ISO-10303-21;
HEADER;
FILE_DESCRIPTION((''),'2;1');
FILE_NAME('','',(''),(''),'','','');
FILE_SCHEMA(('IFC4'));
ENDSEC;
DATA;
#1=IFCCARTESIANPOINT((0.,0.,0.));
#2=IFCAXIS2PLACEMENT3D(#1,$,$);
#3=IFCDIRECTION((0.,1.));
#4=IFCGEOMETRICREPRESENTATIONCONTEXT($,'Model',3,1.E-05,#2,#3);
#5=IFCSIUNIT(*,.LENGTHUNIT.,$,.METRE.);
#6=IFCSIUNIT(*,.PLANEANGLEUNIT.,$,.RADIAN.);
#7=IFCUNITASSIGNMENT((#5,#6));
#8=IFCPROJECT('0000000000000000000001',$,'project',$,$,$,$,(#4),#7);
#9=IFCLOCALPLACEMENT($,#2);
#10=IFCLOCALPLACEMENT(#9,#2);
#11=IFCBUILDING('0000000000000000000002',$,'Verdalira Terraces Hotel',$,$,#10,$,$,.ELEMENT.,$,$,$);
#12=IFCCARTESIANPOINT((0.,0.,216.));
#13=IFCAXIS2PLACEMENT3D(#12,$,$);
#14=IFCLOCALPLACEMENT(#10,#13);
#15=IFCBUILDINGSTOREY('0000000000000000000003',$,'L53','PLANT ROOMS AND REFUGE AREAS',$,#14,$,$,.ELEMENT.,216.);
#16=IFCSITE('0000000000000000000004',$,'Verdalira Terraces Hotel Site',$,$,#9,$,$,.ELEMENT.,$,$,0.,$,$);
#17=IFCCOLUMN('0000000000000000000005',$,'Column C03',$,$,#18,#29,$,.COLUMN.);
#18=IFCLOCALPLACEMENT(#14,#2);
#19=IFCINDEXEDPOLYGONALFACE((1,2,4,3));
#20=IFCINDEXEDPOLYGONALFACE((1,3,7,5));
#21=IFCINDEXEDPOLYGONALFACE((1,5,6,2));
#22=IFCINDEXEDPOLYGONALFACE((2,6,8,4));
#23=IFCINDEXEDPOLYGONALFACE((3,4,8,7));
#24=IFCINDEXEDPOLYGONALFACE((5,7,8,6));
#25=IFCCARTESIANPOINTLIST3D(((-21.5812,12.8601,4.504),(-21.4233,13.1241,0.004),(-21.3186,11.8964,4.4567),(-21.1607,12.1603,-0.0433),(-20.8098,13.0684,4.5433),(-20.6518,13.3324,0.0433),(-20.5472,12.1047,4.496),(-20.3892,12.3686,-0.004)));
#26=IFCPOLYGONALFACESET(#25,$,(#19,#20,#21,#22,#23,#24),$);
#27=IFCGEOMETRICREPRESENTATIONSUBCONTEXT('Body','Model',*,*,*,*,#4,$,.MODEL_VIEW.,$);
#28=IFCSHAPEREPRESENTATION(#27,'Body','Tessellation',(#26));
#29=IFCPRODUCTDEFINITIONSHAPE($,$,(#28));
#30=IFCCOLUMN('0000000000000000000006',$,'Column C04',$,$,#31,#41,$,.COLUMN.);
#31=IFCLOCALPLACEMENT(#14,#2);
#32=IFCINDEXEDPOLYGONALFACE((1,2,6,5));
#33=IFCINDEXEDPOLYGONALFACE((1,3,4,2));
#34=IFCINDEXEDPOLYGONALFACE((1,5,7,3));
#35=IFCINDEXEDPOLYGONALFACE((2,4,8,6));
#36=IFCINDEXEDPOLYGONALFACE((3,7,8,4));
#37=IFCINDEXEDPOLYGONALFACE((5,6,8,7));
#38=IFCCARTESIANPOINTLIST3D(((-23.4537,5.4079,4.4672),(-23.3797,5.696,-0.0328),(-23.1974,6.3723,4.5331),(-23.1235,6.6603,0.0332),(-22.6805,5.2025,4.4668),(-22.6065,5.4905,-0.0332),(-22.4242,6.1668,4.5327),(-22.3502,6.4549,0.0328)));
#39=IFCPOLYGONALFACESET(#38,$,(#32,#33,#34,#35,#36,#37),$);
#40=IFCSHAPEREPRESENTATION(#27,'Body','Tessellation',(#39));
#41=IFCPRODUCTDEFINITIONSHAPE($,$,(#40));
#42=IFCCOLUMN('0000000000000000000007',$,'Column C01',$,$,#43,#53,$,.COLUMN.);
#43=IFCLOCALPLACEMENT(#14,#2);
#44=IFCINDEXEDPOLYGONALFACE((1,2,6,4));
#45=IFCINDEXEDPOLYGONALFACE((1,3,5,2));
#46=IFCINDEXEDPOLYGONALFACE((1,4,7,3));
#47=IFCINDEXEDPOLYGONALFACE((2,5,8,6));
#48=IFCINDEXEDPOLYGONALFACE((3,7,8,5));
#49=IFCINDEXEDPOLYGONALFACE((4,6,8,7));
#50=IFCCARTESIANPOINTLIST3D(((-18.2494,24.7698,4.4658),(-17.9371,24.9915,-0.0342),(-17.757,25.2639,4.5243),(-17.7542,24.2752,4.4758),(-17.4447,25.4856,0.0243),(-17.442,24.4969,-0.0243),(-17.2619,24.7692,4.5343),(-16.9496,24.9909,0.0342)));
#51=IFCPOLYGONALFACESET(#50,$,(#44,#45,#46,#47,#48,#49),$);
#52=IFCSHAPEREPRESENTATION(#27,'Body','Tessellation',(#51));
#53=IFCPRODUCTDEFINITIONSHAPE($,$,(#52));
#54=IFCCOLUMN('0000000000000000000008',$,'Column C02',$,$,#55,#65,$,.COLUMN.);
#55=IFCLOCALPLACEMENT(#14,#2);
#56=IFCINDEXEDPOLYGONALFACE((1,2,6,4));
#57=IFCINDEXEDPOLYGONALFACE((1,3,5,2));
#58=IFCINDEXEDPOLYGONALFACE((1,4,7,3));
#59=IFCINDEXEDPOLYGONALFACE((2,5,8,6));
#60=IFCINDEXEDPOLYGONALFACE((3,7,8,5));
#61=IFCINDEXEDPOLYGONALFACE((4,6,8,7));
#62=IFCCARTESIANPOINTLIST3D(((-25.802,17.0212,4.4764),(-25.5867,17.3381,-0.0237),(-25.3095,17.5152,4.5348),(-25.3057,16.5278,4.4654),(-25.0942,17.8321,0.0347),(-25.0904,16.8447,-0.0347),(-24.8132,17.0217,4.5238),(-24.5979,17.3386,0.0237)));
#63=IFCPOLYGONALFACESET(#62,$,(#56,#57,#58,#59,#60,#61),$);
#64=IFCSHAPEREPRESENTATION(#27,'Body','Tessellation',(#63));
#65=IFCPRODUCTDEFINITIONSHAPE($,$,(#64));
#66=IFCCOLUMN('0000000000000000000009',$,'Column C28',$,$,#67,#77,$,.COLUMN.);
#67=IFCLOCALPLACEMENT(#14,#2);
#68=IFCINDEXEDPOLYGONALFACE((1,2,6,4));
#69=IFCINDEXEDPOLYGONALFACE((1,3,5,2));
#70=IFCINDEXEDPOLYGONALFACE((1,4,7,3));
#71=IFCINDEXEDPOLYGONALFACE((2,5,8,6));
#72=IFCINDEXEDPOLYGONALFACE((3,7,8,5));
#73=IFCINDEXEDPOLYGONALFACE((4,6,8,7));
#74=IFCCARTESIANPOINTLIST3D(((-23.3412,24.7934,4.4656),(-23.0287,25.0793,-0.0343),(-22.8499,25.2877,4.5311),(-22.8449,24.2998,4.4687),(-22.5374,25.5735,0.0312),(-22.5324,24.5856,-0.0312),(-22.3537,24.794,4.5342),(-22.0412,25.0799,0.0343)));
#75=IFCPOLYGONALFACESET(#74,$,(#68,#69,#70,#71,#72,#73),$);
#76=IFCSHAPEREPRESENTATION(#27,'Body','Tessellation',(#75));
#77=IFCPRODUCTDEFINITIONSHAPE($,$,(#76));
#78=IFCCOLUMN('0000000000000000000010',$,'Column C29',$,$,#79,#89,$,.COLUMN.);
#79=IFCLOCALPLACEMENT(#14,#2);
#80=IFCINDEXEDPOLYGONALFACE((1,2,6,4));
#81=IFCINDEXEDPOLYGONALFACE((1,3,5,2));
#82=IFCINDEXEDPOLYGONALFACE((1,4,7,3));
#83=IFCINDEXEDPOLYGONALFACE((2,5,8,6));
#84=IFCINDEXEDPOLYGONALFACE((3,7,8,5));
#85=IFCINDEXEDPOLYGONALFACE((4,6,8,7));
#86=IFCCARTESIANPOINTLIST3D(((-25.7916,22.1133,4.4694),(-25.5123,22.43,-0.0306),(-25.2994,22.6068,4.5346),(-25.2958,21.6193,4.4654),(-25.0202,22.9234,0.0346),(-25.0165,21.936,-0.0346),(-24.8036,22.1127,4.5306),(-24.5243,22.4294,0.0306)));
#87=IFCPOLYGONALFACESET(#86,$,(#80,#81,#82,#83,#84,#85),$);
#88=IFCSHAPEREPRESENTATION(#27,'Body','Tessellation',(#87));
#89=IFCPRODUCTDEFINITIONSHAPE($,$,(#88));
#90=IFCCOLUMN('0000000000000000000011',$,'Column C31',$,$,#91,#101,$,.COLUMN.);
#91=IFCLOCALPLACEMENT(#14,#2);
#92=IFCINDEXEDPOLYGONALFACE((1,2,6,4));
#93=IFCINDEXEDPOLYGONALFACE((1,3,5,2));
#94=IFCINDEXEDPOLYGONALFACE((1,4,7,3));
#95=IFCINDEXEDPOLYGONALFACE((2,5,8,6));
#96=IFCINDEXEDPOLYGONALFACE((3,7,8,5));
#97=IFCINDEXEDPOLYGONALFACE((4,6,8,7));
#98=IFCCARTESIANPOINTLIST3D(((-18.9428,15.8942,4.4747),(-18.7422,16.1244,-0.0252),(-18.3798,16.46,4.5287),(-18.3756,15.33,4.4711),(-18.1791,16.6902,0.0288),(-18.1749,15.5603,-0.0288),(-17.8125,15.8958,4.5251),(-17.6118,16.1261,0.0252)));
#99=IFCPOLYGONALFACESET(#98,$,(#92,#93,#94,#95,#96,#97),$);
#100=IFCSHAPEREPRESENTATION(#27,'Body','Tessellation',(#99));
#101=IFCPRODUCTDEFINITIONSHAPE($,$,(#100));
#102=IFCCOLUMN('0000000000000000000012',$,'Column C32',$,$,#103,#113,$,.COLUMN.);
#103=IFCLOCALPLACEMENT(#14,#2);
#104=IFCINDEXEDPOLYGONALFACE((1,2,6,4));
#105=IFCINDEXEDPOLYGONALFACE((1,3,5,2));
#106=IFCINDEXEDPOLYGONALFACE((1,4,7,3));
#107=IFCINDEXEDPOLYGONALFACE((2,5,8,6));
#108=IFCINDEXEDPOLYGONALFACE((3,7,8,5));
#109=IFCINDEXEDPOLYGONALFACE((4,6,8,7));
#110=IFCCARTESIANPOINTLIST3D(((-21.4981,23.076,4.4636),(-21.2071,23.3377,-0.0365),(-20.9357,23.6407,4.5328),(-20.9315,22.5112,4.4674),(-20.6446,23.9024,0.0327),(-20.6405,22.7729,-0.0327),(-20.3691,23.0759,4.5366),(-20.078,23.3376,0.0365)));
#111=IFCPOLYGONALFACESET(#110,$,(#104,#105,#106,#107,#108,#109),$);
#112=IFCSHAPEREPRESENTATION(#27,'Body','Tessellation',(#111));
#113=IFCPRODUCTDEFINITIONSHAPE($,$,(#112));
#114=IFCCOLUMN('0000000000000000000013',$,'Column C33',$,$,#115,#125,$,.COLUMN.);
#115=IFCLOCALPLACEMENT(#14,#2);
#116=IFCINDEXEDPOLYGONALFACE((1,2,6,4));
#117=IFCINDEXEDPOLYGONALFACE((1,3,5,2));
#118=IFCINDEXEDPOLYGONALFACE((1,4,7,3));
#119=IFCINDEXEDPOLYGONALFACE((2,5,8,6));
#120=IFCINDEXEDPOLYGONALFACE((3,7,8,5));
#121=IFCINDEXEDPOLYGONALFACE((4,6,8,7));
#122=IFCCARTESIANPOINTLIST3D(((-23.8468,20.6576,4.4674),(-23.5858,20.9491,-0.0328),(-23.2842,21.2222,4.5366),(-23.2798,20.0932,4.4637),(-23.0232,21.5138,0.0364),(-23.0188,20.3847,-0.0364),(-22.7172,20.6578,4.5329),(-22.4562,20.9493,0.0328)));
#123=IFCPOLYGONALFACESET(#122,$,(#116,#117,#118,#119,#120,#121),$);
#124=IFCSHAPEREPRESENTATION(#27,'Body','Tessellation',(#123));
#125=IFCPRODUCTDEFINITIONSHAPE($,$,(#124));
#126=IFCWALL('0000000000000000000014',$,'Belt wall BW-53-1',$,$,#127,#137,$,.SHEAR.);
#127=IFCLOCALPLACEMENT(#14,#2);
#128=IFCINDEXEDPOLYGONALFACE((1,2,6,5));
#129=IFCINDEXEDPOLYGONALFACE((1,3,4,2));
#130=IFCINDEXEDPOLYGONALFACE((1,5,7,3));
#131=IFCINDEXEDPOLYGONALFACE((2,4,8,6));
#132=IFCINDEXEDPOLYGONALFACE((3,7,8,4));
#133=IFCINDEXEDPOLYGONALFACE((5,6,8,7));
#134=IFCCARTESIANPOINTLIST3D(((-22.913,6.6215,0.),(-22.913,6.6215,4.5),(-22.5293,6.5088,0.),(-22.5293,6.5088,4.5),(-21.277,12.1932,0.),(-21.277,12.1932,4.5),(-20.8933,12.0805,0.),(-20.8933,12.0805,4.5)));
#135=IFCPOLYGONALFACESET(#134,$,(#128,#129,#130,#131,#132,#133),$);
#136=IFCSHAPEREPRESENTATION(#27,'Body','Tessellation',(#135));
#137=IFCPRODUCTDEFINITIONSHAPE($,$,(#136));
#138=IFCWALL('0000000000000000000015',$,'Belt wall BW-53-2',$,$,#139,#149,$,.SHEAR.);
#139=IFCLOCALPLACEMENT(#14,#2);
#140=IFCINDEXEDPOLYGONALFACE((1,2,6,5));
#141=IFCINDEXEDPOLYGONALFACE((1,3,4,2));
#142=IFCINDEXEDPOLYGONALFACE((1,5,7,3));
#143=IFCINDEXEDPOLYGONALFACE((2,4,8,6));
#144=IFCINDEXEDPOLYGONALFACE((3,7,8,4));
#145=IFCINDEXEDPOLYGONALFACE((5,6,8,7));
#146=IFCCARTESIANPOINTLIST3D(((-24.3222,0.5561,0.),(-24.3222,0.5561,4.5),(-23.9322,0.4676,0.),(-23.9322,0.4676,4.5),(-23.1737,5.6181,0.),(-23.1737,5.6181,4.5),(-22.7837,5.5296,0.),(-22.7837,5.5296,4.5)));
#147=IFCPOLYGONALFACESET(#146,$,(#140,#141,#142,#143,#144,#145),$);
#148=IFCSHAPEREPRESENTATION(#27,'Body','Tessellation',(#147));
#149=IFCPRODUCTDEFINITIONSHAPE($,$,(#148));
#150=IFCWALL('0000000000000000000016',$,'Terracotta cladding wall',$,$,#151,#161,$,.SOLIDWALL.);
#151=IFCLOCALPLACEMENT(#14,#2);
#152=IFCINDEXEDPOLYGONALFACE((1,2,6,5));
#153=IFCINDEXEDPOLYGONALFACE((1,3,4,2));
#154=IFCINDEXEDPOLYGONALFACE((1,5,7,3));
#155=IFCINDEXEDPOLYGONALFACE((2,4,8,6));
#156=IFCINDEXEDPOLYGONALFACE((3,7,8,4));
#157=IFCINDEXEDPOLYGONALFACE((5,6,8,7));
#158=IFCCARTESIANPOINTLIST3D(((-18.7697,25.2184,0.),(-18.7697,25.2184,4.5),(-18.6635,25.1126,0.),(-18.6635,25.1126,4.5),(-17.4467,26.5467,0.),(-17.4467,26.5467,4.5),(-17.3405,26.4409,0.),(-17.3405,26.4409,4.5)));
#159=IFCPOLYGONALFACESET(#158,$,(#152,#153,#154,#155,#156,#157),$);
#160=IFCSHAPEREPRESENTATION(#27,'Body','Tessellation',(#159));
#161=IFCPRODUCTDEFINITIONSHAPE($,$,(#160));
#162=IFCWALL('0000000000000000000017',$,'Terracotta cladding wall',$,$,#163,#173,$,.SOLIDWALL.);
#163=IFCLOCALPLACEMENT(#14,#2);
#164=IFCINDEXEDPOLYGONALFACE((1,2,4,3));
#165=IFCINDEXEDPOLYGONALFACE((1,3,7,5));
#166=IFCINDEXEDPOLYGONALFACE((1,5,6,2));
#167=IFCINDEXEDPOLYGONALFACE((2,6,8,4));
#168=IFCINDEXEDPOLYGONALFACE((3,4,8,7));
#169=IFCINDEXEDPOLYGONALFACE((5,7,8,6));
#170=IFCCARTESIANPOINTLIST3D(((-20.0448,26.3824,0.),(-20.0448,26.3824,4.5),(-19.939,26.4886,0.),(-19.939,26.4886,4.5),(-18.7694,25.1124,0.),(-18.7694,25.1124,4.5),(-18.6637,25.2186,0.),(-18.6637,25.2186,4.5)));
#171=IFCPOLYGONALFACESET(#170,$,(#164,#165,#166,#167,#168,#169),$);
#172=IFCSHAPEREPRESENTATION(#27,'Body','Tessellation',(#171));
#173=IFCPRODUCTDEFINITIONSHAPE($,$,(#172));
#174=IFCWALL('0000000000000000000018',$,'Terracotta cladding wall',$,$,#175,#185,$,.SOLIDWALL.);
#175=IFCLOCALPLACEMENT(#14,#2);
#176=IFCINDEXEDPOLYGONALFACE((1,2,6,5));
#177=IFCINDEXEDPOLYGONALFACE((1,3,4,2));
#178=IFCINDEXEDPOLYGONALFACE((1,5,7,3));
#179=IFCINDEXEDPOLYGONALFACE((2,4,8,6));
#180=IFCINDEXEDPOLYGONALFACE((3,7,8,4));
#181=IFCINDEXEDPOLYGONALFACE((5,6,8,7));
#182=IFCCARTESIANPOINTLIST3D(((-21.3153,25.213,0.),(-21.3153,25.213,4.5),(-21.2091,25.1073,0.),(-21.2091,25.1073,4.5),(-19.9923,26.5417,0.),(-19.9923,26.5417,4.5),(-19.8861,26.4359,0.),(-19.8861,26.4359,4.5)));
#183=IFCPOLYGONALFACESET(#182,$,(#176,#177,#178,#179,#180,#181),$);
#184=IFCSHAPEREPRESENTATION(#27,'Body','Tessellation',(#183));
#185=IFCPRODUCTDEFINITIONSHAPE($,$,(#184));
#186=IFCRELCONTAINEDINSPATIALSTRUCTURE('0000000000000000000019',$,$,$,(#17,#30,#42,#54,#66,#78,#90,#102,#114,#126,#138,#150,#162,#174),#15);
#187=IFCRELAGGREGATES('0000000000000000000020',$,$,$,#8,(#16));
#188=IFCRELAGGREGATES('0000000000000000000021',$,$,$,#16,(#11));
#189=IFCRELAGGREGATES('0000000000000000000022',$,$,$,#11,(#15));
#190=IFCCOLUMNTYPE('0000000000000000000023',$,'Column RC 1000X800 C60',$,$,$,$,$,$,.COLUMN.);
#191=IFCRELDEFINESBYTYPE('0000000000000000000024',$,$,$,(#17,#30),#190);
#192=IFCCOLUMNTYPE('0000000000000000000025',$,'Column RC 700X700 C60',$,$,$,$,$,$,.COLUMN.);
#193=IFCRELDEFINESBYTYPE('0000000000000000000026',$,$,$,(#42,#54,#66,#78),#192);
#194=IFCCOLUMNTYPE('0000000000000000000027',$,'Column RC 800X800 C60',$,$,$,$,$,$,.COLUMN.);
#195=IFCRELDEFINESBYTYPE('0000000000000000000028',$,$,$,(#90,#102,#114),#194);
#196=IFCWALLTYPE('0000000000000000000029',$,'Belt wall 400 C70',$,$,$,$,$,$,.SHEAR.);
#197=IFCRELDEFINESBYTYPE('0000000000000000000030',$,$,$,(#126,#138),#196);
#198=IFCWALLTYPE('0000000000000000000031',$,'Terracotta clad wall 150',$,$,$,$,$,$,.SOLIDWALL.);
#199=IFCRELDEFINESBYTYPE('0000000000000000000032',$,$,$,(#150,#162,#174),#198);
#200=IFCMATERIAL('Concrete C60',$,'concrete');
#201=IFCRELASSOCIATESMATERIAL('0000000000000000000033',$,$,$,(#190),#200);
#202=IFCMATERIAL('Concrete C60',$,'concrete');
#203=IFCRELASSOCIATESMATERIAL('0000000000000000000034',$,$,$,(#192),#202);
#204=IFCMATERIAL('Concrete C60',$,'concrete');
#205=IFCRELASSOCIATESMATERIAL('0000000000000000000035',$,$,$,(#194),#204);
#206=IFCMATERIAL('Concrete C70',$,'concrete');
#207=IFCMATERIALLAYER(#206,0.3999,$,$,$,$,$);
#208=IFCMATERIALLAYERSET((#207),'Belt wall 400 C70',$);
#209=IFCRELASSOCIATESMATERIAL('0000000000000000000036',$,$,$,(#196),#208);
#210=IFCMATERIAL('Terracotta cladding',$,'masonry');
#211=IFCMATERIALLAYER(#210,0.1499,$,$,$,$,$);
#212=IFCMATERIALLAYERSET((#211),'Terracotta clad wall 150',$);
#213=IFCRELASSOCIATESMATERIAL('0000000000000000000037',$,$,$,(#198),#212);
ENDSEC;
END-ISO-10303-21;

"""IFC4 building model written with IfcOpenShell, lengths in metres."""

from ifc_helpers import new_model, si_unit, direction, frame, frame_2d, origin, origin_2d, place, context, subcontext, project, spatial, rectangle, extrude, material, layer, layer_set, material_profile, profile_set, type_object, element, save


model = new_model("IFC4")

# Units and contexts
model_context = context("Model", 3, precision=1e-05, world=origin(), true_north=direction((0.0, 1.0)))
body_context = subcontext(model_context, "Body", "Model", "MODEL_VIEW")
ifc_project = project(units=[si_unit("LENGTHUNIT", "METRE"), si_unit("PLANEANGLEUNIT", "RADIAN")], contexts=[model_context])

# Site, building, storey
site_placement = place(None, origin())
site = spatial("IfcSite", under=ifc_project, at=site_placement, Name="Verdalira Terraces Hotel Site", CompositionType="ELEMENT", RefElevation=0.0)
building_placement = place(site_placement, origin())
building = spatial("IfcBuilding", under=site, at=building_placement, Name="Verdalira Terraces Hotel", CompositionType="ELEMENT")
storey_placement = place(building_placement, frame((0.0, 0.0, 216.0)))
storey = spatial("IfcBuildingStorey", under=building, at=storey_placement, Name="L53", Description="PLANT ROOMS AND REFUGE AREAS", CompositionType="ELEMENT", Elevation=216.0)

# Columns
ifc_material_1 = material(Name="Concrete C60", Category="concrete")
ifc_material_profile_1 = material_profile(ifc_material_1, rectangle(XDim=1.0, YDim=0.8, at=origin_2d()), Name="RC 1000X800")
ifc_profile_set_1 = profile_set([ifc_material_profile_1], Name="Concrete C60")
column_type_1 = type_object("IfcColumnType", Name="Column RC 1000X800 C60", PredefinedType="COLUMN", material=ifc_profile_set_1)
column_1_placement = place(storey_placement, frame((-20.9062, 12.7463, 0.0), z_axis=(-0.03502, -0.058511, 0.997672), x_axis=(-0.262611, 0.963741, 0.047303)))
element("IfcColumn", 1, at=column_1_placement, inside=storey, type_object=column_type_1, Name="Column C03", PredefinedType="COLUMN", context=body_context, shape_type="SweptSolid", body=[
    extrude(rectangle(XDim=1.0, YDim=0.8, at=origin_2d()), origin(), (0.0, 0.0, 1.0), 4.5105),
])
column_2_placement = place(storey_placement, frame((-22.865, 6.0754, 0.0), z_axis=(-0.016403, -0.06388, 0.997823), x_axis=(-0.256292, -0.964347, -0.06595)))
element("IfcColumn", 2, at=column_2_placement, inside=storey, type_object=column_type_1, Name="Column C04", PredefinedType="COLUMN", context=body_context, shape_type="SweptSolid", body=[
    extrude(rectangle(XDim=1.0, YDim=0.8, at=origin_2d()), origin(), (0.0, 0.0, 1.0), 4.5098),
])
ifc_material_2 = material(Name="Concrete C60", Category="concrete")
ifc_material_profile_2 = material_profile(ifc_material_2, rectangle(XDim=0.7, YDim=0.7, at=origin_2d()), Name="RC 700X700")
ifc_profile_set_2 = profile_set([ifc_material_profile_2], Name="Concrete C60")
column_type_2 = type_object("IfcColumnType", Name="Column RC 700X700 C60", PredefinedType="COLUMN", material=ifc_profile_set_2)
for number, where, z_axis, x_axis, name in (
    (3, (-17.4434, 24.9912, 0.0), (-0.06914, -0.049085, 0.996399), (-0.707395, 0.706674, -0.014274), "Column C01"),
    (4, (-25.0923, 17.3384, 0.0), (-0.047679, -0.070167, 0.996395), (0.709027, -0.705006, -0.015719), "Column C02"),
):
    element("IfcColumn", number, at=place(storey_placement, frame(where, z_axis=z_axis, x_axis=x_axis)), inside=storey, type_object=column_type_2, Name=name, PredefinedType="COLUMN", context=body_context, shape_type="SweptSolid", body=[
        extrude(rectangle(XDim=0.7, YDim=0.7, at=origin_2d()), origin(), (0.0, 0.0, 1.0), 4.5164),
    ])
for number, where, z_axis, x_axis, name in (
    (5, (-22.5349, 25.0796, 0.0), (-0.069139, -0.063251, 0.9956), (-0.701825, -0.706173, -0.093602), "Column C28"),
    (6, (-25.0183, 22.4297, 0.0), (-0.061795, -0.070059, 0.995627), (-0.703123, -0.704928, -0.093244), "Column C29"),
):
    element("IfcColumn", number, at=place(storey_placement, frame(where, z_axis=z_axis, x_axis=x_axis)), inside=storey, type_object=column_type_2, Name=name, PredefinedType="COLUMN", context=body_context, shape_type="SweptSolid", body=[
        extrude(rectangle(XDim=0.7, YDim=0.7, at=origin_2d()), origin(), (0.0, 0.0, 1.0), 4.5198),
    ])
ifc_material_3 = material(Name="Concrete C60", Category="concrete")
ifc_material_profile_3 = material_profile(ifc_material_3, rectangle(XDim=0.8, YDim=0.8, at=origin_2d()), Name="RC 800X800")
ifc_profile_set_3 = profile_set([ifc_material_profile_3], Name="Concrete C60")
column_type_3 = type_object("IfcColumnType", Name="Column RC 800X800 C60", PredefinedType="COLUMN", material=ifc_profile_set_3)
column_3_placement = place(storey_placement, frame((-18.177, 16.1252, 0.0), z_axis=(-0.044494, -0.051044, 0.997705), x_axis=(-0.709024, 0.70517, 0.004457)))
element("IfcColumn", 7, at=column_3_placement, inside=storey, type_object=column_type_3, Name="Column C31", PredefinedType="COLUMN", context=body_context, shape_type="SweptSolid", body=[
    extrude(rectangle(XDim=0.8, YDim=0.8, at=origin_2d()), origin(), (0.0, 0.0, 1.0), 4.5103),
])
for number, where, z_axis, x_axis, name in (
    (8, (-20.6426, 23.3376, 0.0), (-0.064427, -0.057941, 0.996239), (-0.7082, 0.705996, -0.004739), "Column C32"),
    (9, (-23.021, 20.9492, 0.0), (-0.057779, -0.064535, 0.996241), (-0.708659, 0.705536, 0.004604), "Column C33"),
):
    element("IfcColumn", number, at=place(storey_placement, frame(where, z_axis=z_axis, x_axis=x_axis)), inside=storey, type_object=column_type_3, Name=name, PredefinedType="COLUMN", context=body_context, shape_type="SweptSolid", body=[
        extrude(rectangle(XDim=0.8, YDim=0.8, at=origin_2d()), origin(), (0.0, 0.0, 1.0), 4.5171),
    ])

# Walls
ifc_material_4 = material(Name="Concrete C70", Category="concrete")
ifc_layer_1 = layer(ifc_material_4, 0.3999)
ifc_layer_set_1 = layer_set([ifc_layer_1], Name="Belt wall 400 C70")
wall_type_1 = type_object("IfcWallType", Name="Belt wall 400 C70", PredefinedType="SHEAR", material=ifc_layer_set_1)
wall_1_placement = place(storey_placement, frame((-21.0852, 12.1367, 0.0), z_axis=(0.0, 0.0, 1.0), x_axis=(-0.281727, -0.959495, 0.0)))
element("IfcWall", 10, at=wall_1_placement, inside=storey, type_object=wall_type_1, Name="Belt wall BW-53-1", PredefinedType="SHEAR", context=body_context, shape_type="SweptSolid", body=[
    extrude(rectangle(XDim=5.8069, YDim=0.3999, at=frame_2d((2.9033, 0.0))), origin(), (0.0, 0.0, 1.0), 4.5),
])
wall_2_placement = place(storey_placement, frame((-22.9788, 5.5737, 0.0), z_axis=(0.0, 0.0, 1.0), x_axis=(-0.221251, -0.975217, 0.0)))
element("IfcWall", 11, at=wall_2_placement, inside=storey, type_object=wall_type_1, Name="Belt wall BW-53-2", PredefinedType="SHEAR", context=body_context, shape_type="SweptSolid", body=[
    extrude(rectangle(XDim=5.1907, YDim=0.3999, at=frame_2d((2.5952, 0.0))), origin(), (0.0, 0.0, 1.0), 4.5),
])
ifc_material_5 = material(Name="Terracotta cladding", Category="masonry")
ifc_layer_2 = layer(ifc_material_5, 0.1499)
ifc_layer_set_2 = layer_set([ifc_layer_2], Name="Terracotta clad wall 150")
wall_type_2 = type_object("IfcWallType", Name="Terracotta clad wall 150", PredefinedType="SOLIDWALL", material=ifc_layer_set_2)
wall_3_placement = place(storey_placement, frame((-17.3936, 26.4939, 0.0), z_axis=(0.0, 0.0, 1.0), x_axis=(-0.705673, -0.708538, 0.0)))
element("IfcWall", 12, at=wall_3_placement, inside=storey, type_object=wall_type_2, Name="Terracotta cladding wall", PredefinedType="SOLIDWALL", context=body_context, shape_type="SweptSolid", body=[
    extrude(rectangle(XDim=1.8748, YDim=0.1499, at=frame_2d((0.9375, 0.0))), origin(), (0.0, 0.0, 1.0), 4.5),
])
wall_4_placement = place(storey_placement, frame((-18.7166, 25.1655, 0.0), z_axis=(0.0, 0.0, 1.0), x_axis=(-0.708597, 0.705613, 0.0)))
element("IfcWall", 13, at=wall_4_placement, inside=storey, type_object=wall_type_2, Name="Terracotta cladding wall", PredefinedType="SOLIDWALL", context=body_context, shape_type="SweptSolid", body=[
    extrude(rectangle(XDim=1.7998, YDim=0.1499, at=frame_2d((0.8999, 0.0))), origin(), (0.0, 0.0, 1.0), 4.5),
])
wall_5_placement = place(storey_placement, frame((-19.9392, 26.4888, 0.0), z_axis=(0.0, 0.0, 1.0), x_axis=(-0.705608, -0.708603, 0.0)))
element("IfcWall", 14, at=wall_5_placement, inside=storey, type_object=wall_type_2, Name="Terracotta cladding wall", PredefinedType="SOLIDWALL", context=body_context, shape_type="SweptSolid", body=[
    extrude(rectangle(XDim=1.875, YDim=0.1499, at=frame_2d((0.9375, 0.0))), origin(), (0.0, 0.0, 1.0), 4.5),
])

save(model, "model.ifc")
